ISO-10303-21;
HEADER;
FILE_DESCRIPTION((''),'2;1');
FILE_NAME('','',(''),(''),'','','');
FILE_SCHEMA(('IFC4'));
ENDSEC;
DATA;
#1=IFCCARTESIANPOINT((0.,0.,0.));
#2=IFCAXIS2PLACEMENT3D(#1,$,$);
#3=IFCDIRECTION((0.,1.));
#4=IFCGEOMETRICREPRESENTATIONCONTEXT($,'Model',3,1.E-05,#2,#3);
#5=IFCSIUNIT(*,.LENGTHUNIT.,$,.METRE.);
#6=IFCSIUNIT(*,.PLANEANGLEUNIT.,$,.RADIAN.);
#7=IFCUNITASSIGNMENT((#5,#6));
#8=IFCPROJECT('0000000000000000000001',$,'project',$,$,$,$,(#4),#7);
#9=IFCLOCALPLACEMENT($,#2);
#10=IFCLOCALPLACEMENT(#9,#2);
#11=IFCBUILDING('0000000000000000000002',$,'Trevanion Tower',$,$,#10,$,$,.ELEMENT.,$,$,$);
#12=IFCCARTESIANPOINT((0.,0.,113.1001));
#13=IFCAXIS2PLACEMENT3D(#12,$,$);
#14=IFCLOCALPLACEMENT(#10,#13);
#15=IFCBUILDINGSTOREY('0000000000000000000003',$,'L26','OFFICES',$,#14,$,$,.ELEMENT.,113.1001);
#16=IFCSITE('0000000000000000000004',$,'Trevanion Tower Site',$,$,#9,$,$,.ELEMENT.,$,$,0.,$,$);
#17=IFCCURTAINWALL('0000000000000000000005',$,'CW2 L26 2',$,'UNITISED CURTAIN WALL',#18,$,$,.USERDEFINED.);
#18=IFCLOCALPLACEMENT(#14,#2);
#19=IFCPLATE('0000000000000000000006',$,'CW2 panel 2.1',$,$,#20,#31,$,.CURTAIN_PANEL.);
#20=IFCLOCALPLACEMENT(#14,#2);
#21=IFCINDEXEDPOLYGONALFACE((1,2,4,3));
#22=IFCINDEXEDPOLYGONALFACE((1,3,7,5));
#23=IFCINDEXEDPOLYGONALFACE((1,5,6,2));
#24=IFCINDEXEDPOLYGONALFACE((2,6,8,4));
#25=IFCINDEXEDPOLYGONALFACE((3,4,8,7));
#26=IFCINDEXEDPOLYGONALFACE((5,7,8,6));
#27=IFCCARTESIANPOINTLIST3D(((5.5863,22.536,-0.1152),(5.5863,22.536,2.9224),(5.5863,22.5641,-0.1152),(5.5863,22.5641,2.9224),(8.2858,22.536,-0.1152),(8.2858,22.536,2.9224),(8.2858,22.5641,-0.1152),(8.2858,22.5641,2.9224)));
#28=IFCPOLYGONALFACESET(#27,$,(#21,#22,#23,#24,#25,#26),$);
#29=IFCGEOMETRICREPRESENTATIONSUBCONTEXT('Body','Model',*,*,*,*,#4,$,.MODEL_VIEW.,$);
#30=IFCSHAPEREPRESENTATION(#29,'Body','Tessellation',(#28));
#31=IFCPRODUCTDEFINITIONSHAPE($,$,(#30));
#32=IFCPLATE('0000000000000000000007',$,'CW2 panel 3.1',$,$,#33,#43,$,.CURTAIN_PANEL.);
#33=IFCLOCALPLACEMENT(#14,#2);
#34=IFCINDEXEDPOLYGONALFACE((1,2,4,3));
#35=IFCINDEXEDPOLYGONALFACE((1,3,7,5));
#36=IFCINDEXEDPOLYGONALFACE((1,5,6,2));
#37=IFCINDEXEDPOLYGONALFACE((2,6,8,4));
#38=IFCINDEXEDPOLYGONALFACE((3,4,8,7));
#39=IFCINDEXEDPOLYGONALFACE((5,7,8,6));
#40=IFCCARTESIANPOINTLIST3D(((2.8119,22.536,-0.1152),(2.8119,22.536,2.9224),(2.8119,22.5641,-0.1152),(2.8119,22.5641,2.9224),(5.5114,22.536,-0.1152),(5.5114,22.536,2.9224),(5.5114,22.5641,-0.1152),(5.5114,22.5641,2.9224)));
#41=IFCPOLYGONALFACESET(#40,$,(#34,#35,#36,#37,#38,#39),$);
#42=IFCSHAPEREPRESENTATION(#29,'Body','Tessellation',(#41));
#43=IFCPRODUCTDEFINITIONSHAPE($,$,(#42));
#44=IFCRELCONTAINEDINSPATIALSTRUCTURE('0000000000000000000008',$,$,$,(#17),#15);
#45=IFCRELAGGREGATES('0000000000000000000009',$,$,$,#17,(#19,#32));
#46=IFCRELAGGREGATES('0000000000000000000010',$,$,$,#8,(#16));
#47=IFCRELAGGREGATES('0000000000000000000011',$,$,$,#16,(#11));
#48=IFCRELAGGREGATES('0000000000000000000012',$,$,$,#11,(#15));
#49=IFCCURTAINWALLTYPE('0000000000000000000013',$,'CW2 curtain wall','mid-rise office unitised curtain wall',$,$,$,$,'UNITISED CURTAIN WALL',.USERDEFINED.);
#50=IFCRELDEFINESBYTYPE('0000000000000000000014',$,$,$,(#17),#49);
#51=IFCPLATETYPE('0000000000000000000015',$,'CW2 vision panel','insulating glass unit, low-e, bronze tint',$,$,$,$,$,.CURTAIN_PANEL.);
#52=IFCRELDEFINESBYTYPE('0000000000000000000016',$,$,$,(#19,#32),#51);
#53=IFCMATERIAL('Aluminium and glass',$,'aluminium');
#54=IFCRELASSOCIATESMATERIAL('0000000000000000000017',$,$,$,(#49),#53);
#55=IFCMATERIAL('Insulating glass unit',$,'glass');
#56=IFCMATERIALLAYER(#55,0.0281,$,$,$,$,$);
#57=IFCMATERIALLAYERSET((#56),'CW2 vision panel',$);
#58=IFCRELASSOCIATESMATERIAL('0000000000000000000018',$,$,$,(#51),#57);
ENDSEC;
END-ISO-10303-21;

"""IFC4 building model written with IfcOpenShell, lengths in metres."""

from ifc_helpers import new_model, si_unit, direction, frame, origin, origin_2d, place, context, subcontext, project, spatial, rectangle, extrude, material, layer, layer_set, type_object, element, aggregate, save


model = new_model("IFC4")

# Units and contexts
model_context = context("Model", 3, precision=1e-05, world=origin(), true_north=direction((0.0, 1.0)))
body_context = subcontext(model_context, "Body", "Model", "MODEL_VIEW")
ifc_project = project(units=[si_unit("LENGTHUNIT", "METRE"), si_unit("PLANEANGLEUNIT", "RADIAN")], contexts=[model_context])

# Site, building, storey
site_placement = place(None, origin())
site = spatial("IfcSite", under=ifc_project, at=site_placement, Name="Trevanion Tower Site", CompositionType="ELEMENT", RefElevation=0.0)
building_placement = place(site_placement, origin())
building = spatial("IfcBuilding", under=site, at=building_placement, Name="Trevanion Tower", CompositionType="ELEMENT")
storey_placement = place(building_placement, frame((0.0, 0.0, 113.1001)))
storey = spatial("IfcBuildingStorey", under=building, at=storey_placement, Name="L26", Description="OFFICES", CompositionType="ELEMENT", Elevation=113.1001)

# Curtain wall, plates
ifc_material_1 = material(Name="Aluminium and glass", Category="aluminium")
curtain_wall_type = type_object("IfcCurtainWallType", Name="CW2 curtain wall", Description="mid-rise office unitised curtain wall", ElementType="UNITISED CURTAIN WALL", PredefinedType="USERDEFINED", material=ifc_material_1)
curtain_wall_placement = place(storey_placement, origin())
curtain_wall = element("IfcCurtainWall", 1, at=curtain_wall_placement, inside=storey, type_object=curtain_wall_type, Name="CW2 L26 2", ObjectType="UNITISED CURTAIN WALL", PredefinedType="USERDEFINED")
ifc_material_2 = material(Name="Insulating glass unit", Category="glass")
ifc_layer_1 = layer(ifc_material_2, 0.0281)
ifc_layer_set_1 = layer_set([ifc_layer_1], Name="CW2 vision panel")
plate_type_1 = type_object("IfcPlateType", Name="CW2 vision panel", Description="insulating glass unit, low-e, bronze tint", PredefinedType="CURTAIN_PANEL", material=ifc_layer_set_1)
plate_1_placement = place(storey_placement, frame((6.936, 22.55, -0.1152), z_axis=(0.0, 0.0, 1.0), x_axis=(-1.0, 0.0, 0.0)))
plate_1 = element("IfcPlate", 2, at=plate_1_placement, type_object=plate_type_1, Name="CW2 panel 2.1", PredefinedType="CURTAIN_PANEL", context=body_context, shape_type="SweptSolid", body=[
    extrude(rectangle(XDim=2.6995, YDim=0.0281, at=origin_2d()), origin(), (0.0, 0.0, 1.0), 3.0376),
])
plate_2_placement = place(storey_placement, frame((4.1616, 22.55, -0.1152), z_axis=(0.0, 0.0, 1.0), x_axis=(-1.0, 0.0, 0.0)))
plate_2 = element("IfcPlate", 3, at=plate_2_placement, type_object=plate_type_1, Name="CW2 panel 3.1", PredefinedType="CURTAIN_PANEL", context=body_context, shape_type="SweptSolid", body=[
    extrude(rectangle(XDim=2.6995, YDim=0.0281, at=origin_2d()), origin(), (0.0, 0.0, 1.0), 3.0376),
])
aggregate(curtain_wall, [plate_1, plate_2])

save(model, "model.ifc")
